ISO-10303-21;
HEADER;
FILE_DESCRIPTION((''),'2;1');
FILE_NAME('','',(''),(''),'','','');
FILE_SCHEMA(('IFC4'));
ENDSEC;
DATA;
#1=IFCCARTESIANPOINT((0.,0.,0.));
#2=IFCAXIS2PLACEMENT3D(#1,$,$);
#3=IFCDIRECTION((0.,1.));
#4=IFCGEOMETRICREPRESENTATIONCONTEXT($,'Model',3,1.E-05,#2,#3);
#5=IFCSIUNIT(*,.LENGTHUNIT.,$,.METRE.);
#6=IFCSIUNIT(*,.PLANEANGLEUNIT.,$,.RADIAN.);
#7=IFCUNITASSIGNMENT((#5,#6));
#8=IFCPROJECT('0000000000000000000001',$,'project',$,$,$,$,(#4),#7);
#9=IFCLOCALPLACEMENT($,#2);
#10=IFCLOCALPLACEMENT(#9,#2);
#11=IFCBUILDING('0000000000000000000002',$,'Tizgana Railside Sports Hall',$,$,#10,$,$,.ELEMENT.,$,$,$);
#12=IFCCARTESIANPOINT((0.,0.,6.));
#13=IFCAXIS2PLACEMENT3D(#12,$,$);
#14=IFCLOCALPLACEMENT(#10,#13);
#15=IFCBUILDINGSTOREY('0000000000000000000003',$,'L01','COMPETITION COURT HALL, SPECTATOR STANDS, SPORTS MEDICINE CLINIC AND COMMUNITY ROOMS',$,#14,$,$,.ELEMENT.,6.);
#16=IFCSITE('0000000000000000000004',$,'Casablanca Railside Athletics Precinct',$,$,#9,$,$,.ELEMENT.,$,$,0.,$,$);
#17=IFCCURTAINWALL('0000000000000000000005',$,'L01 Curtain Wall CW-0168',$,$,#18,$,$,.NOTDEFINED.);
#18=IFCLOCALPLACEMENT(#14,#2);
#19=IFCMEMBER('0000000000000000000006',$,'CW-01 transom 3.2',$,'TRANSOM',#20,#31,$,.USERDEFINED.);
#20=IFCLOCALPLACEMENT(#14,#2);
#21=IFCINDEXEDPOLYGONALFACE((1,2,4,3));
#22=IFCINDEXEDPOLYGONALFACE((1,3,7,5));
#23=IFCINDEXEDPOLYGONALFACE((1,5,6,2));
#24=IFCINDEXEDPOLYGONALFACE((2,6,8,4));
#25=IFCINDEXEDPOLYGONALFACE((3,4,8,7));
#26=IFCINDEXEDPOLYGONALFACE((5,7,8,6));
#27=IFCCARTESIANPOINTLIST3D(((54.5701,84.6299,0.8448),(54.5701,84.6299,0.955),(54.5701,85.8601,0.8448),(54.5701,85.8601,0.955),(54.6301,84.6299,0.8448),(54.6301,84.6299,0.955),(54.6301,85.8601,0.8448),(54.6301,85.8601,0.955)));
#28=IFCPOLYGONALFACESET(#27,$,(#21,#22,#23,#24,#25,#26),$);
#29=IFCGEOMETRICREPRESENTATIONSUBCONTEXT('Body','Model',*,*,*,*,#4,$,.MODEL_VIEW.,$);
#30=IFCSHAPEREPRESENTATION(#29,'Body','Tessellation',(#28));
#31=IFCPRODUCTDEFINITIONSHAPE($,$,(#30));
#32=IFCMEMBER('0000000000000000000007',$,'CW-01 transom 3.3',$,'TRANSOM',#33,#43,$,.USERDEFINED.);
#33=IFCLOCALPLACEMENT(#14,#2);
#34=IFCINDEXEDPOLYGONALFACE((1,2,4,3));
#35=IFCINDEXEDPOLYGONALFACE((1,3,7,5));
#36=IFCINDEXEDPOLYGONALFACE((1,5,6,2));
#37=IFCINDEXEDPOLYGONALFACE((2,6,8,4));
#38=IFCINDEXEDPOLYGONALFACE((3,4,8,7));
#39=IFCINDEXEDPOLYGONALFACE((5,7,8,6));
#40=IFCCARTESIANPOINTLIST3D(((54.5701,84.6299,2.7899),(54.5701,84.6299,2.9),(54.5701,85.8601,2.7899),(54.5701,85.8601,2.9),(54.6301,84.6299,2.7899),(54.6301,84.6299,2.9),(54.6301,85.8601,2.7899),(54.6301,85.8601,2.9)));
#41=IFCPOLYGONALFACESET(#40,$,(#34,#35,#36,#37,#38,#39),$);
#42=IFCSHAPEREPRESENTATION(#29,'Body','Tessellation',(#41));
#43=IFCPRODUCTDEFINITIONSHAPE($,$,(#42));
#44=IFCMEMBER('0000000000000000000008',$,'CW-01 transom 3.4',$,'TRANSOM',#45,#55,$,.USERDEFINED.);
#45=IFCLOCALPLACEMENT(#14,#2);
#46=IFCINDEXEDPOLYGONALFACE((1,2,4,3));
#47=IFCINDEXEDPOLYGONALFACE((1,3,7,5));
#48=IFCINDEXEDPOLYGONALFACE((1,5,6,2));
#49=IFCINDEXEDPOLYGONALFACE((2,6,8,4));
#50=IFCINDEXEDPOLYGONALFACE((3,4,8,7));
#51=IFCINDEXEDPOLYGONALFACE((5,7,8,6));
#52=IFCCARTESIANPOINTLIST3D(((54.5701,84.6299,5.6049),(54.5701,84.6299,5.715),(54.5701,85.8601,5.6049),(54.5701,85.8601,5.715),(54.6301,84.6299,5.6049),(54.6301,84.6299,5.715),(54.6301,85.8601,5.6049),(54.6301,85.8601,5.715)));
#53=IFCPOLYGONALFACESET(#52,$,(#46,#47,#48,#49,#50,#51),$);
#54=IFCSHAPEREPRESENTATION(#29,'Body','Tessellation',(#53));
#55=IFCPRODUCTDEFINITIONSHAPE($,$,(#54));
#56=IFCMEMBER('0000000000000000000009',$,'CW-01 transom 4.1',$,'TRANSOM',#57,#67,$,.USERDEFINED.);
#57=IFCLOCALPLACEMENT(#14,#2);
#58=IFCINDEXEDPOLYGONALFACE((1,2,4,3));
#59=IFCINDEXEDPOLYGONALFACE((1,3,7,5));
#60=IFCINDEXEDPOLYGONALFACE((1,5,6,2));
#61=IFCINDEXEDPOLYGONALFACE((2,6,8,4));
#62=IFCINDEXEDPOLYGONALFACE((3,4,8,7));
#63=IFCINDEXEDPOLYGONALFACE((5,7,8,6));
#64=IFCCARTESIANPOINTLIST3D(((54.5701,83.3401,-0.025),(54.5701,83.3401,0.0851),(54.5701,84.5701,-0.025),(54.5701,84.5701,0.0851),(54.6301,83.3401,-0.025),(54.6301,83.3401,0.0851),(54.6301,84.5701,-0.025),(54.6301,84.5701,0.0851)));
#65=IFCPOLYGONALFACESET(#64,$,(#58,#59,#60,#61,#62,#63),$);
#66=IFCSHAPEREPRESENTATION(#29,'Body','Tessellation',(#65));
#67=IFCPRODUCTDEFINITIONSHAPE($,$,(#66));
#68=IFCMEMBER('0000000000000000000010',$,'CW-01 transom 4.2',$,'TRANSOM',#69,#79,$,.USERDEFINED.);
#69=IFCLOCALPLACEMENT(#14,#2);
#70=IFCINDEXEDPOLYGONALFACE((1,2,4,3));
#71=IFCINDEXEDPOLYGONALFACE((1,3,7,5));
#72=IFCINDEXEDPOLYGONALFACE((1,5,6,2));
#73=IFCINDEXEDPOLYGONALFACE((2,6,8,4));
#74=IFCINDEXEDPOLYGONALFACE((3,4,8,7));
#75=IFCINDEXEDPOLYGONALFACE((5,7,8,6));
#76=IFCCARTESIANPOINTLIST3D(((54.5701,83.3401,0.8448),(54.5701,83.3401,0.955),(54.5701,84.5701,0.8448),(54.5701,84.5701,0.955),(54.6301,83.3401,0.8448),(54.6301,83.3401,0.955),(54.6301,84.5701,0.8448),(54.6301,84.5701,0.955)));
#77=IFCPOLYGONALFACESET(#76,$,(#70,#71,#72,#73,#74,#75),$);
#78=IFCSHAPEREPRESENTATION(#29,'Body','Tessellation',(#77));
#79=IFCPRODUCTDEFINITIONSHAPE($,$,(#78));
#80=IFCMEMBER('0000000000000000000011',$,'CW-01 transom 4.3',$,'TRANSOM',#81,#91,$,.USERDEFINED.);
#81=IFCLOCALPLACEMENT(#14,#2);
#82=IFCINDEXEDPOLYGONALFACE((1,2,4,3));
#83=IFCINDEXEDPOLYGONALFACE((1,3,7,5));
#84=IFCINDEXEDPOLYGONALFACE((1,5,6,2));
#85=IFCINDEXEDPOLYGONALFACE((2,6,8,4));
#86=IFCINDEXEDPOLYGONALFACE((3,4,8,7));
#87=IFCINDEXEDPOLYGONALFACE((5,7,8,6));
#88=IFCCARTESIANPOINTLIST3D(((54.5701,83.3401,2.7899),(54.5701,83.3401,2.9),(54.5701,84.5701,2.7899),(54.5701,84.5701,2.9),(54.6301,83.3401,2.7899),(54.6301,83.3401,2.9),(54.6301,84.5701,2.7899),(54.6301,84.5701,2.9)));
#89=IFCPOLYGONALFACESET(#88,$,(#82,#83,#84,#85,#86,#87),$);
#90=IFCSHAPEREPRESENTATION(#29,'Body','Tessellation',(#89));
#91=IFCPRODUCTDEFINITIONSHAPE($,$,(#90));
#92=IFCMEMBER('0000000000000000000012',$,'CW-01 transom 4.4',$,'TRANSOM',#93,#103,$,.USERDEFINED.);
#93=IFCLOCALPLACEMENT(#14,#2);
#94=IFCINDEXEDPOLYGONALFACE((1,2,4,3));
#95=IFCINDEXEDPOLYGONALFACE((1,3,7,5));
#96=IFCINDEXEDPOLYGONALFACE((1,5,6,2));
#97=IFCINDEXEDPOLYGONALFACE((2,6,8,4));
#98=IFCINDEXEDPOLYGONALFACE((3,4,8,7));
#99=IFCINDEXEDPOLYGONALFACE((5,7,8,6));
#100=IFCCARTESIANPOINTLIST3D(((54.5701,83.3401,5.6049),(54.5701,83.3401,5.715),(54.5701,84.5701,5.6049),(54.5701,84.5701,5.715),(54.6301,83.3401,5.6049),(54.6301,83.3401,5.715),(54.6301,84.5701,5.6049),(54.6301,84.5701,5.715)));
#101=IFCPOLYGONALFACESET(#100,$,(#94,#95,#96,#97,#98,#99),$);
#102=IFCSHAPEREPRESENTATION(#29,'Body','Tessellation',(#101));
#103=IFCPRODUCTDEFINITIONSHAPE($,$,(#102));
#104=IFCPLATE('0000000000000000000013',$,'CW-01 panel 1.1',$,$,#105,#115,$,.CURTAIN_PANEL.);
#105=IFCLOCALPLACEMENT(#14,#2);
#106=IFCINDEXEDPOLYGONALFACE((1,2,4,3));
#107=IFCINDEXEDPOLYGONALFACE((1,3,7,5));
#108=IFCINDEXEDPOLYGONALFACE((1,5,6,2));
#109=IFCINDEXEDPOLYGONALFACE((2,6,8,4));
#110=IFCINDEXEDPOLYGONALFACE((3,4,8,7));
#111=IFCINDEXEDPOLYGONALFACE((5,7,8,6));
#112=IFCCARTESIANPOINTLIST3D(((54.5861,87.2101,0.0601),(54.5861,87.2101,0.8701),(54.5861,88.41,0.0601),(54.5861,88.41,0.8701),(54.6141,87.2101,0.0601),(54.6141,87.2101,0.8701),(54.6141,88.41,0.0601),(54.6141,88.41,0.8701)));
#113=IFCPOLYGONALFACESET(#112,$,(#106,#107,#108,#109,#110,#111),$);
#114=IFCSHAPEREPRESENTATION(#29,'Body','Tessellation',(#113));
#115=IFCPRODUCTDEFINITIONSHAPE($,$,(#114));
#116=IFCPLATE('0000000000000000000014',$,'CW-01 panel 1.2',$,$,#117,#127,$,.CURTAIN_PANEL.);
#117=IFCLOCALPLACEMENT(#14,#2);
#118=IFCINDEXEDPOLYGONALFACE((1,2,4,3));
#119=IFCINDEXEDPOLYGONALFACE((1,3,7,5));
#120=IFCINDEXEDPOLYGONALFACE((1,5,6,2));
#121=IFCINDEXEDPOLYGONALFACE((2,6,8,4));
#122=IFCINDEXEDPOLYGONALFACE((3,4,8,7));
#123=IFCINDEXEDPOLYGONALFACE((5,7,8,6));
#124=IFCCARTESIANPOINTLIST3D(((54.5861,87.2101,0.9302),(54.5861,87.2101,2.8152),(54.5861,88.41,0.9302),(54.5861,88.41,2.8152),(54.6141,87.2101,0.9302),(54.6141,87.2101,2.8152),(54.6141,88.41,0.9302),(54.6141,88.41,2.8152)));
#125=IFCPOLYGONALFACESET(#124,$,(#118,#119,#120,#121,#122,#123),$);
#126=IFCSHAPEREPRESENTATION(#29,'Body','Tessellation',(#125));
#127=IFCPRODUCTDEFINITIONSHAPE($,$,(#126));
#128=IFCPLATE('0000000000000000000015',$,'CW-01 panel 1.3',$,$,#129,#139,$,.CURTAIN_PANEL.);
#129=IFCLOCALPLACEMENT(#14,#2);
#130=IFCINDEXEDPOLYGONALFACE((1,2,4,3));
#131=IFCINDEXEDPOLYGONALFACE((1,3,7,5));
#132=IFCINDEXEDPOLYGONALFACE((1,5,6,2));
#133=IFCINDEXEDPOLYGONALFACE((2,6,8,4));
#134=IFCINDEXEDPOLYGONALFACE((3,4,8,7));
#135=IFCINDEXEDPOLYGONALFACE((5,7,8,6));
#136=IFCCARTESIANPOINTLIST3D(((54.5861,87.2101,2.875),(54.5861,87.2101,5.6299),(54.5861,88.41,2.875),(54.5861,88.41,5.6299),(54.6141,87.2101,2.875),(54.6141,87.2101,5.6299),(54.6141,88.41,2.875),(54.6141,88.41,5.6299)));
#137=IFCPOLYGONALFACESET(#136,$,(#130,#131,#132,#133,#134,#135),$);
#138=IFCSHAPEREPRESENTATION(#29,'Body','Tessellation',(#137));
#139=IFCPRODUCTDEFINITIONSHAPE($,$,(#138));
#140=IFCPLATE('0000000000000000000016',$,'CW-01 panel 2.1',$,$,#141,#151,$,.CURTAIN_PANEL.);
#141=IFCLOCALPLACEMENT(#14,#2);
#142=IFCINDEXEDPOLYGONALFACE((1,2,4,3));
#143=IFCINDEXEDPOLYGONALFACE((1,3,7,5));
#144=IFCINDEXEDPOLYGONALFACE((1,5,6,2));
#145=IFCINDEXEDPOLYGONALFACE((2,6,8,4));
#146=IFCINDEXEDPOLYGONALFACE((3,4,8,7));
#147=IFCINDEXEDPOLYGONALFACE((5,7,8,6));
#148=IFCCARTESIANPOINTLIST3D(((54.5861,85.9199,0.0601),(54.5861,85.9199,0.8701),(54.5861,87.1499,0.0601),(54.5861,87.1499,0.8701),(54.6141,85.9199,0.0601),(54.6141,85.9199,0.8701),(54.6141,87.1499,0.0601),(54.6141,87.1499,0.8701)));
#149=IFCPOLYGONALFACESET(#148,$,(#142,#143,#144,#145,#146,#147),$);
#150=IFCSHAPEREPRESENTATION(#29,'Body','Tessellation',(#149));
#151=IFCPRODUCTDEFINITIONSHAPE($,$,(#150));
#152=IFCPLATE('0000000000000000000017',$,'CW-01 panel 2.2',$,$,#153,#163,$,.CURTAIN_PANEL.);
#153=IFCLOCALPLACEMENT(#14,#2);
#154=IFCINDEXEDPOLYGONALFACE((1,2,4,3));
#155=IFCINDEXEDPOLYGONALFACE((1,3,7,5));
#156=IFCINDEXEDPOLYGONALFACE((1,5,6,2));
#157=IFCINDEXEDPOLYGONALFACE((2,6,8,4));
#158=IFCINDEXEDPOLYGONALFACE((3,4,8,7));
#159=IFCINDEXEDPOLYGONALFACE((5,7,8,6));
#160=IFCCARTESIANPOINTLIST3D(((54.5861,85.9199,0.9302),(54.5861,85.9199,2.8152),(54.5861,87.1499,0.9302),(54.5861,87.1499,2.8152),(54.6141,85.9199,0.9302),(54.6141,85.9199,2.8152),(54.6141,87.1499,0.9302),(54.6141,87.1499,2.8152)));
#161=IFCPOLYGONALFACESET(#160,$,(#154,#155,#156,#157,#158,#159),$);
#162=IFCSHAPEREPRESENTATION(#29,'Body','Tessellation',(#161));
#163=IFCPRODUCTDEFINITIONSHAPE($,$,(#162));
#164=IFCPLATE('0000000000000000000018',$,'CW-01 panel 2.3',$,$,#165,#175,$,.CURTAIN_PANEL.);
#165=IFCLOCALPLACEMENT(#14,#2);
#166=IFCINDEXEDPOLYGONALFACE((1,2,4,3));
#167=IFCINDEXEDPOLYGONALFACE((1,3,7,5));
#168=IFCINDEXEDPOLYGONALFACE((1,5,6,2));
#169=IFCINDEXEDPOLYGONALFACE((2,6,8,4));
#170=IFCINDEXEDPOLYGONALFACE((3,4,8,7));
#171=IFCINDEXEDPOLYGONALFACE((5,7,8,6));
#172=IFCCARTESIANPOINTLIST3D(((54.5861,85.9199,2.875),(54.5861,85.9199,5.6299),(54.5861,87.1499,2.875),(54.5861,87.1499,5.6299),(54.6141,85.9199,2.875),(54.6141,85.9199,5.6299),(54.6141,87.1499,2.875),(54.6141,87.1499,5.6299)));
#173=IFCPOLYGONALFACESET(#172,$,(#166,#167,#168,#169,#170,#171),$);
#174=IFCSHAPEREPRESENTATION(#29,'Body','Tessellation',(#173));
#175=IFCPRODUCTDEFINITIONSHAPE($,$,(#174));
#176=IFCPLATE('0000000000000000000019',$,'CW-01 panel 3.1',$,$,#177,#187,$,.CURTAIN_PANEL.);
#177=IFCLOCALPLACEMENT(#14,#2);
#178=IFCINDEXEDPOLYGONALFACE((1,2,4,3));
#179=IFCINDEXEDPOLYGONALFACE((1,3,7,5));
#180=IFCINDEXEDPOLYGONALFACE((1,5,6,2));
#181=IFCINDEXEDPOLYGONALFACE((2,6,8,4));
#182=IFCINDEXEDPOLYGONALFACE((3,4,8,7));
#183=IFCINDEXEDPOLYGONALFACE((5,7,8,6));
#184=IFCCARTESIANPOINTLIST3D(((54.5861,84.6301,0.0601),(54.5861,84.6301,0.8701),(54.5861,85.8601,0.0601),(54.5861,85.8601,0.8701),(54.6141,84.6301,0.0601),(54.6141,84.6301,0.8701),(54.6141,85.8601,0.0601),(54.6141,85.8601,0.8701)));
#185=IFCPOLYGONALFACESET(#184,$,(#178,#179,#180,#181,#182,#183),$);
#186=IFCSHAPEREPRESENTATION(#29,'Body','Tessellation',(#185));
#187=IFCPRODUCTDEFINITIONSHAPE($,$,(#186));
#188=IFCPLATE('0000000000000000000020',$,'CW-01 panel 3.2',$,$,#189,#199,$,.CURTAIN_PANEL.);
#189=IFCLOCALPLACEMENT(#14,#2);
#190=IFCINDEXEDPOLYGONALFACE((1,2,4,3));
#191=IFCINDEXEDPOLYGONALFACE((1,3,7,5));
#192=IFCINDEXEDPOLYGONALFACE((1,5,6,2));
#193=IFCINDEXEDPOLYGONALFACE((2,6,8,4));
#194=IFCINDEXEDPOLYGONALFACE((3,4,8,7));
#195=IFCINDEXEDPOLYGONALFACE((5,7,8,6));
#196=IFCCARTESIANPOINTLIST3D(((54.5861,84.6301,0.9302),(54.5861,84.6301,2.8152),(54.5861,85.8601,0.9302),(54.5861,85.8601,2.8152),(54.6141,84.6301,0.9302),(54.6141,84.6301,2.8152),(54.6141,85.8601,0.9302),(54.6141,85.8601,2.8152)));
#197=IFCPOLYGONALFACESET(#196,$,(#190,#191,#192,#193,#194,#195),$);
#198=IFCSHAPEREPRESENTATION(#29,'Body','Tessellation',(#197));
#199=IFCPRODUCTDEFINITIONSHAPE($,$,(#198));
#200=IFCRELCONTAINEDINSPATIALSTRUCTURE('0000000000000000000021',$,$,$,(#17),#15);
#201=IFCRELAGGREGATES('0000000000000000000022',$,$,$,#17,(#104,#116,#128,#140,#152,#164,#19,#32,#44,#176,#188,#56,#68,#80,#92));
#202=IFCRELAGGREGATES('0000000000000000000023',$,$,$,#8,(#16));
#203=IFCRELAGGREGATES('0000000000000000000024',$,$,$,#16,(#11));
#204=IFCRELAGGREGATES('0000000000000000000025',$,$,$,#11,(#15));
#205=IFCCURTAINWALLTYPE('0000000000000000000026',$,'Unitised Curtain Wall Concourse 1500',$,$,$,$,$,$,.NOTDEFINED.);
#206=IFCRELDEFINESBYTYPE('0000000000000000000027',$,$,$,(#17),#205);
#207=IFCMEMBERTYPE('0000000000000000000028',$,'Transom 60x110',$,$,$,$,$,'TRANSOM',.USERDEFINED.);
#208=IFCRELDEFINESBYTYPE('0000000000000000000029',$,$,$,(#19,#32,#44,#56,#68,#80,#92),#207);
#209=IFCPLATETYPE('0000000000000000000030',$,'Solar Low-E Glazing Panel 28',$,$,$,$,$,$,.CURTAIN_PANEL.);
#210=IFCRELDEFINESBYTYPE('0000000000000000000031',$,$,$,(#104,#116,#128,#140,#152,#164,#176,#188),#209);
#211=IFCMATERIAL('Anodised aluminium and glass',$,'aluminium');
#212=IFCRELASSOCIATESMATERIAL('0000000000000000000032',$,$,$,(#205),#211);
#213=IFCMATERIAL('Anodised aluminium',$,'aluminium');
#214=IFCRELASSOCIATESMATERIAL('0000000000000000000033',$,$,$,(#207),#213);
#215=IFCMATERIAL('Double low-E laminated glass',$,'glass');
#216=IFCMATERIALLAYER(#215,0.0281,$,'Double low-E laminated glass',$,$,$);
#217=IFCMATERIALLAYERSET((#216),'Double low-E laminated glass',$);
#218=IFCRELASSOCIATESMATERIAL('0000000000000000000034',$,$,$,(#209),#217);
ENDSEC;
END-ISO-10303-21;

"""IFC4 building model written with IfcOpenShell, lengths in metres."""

from ifc_helpers import new_model, si_unit, direction, frame, origin, origin_2d, place, context, subcontext, project, spatial, rectangle, extrude, material, layer, layer_set, material_profile, profile_set, type_object, element, aggregate, save


model = new_model("IFC4")

# Units and contexts
model_context = context("Model", 3, precision=1e-05, world=origin(), true_north=direction((0.0, 1.0)))
body_context = subcontext(model_context, "Body", "Model", "MODEL_VIEW")
ifc_project = project(units=[si_unit("LENGTHUNIT", "METRE"), si_unit("PLANEANGLEUNIT", "RADIAN")], contexts=[model_context])

# Site, building, storey
site_placement = place(None, origin())
site = spatial("IfcSite", under=ifc_project, at=site_placement, Name="Casablanca Railside Athletics Precinct", CompositionType="ELEMENT", RefElevation=0.0)
building_placement = place(site_placement, origin())
building = spatial("IfcBuilding", under=site, at=building_placement, Name="Tizgana Railside Sports Hall", CompositionType="ELEMENT")
storey_placement = place(building_placement, frame((0.0, 0.0, 6.0)))
storey = spatial("IfcBuildingStorey", under=building, at=storey_placement, Name="L01", Description="COMPETITION COURT HALL, SPECTATOR STANDS, SPORTS MEDICINE CLINIC AND COMMUNITY ROOMS", CompositionType="ELEMENT", Elevation=6.0)

# Curtain wall, members, plates
ifc_material_1 = material(Name="Anodised aluminium and glass", Category="aluminium")
curtain_wall_type = type_object("IfcCurtainWallType", Name="Unitised Curtain Wall Concourse 1500", PredefinedType="NOTDEFINED", material=ifc_material_1)
curtain_wall_placement = place(storey_placement, origin())
curtain_wall = element("IfcCurtainWall", 1, at=curtain_wall_placement, inside=storey, type_object=curtain_wall_type, Name="L01 Curtain Wall CW-0168", PredefinedType="NOTDEFINED")
ifc_material_2 = material(Name="Anodised aluminium", Category="aluminium")
ifc_material_profile_1 = material_profile(ifc_material_2, rectangle(XDim=0.0601, YDim=0.1101, at=origin_2d()), Name="Transom 60x110")
ifc_profile_set_1 = profile_set([ifc_material_profile_1], Name="Anodised aluminium")
member_type_1 = type_object("IfcMemberType", Name="Transom 60x110", ElementType="TRANSOM", PredefinedType="USERDEFINED", material=ifc_profile_set_1)
member_1_placement = place(storey_placement, frame((54.6001, 85.8601, 0.8999), z_axis=(0.0, -1.0, 0.0), x_axis=(1.0, 0.0, 0.0)))
member_1 = element("IfcMember", 2, at=member_1_placement, type_object=member_type_1, Name="CW-01 transom 3.2", ObjectType="TRANSOM", PredefinedType="USERDEFINED", context=body_context, shape_type="SweptSolid", body=[
    extrude(rectangle(XDim=0.0601, YDim=0.1101, at=origin_2d()), origin(), (0.0, 0.0, 1.0), 1.2302),
])
member_2_placement = place(storey_placement, frame((54.6001, 85.8601, 2.845), z_axis=(0.0, -1.0, 0.0), x_axis=(1.0, 0.0, 0.0)))
member_2 = element("IfcMember", 3, at=member_2_placement, type_object=member_type_1, Name="CW-01 transom 3.3", ObjectType="TRANSOM", PredefinedType="USERDEFINED", context=body_context, shape_type="SweptSolid", body=[
    extrude(rectangle(XDim=0.0601, YDim=0.1101, at=origin_2d()), origin(), (0.0, 0.0, 1.0), 1.2302),
])
member_3_placement = place(storey_placement, frame((54.6001, 85.8601, 5.6599), z_axis=(0.0, -1.0, 0.0), x_axis=(1.0, 0.0, 0.0)))
member_3 = element("IfcMember", 4, at=member_3_placement, type_object=member_type_1, Name="CW-01 transom 3.4", ObjectType="TRANSOM", PredefinedType="USERDEFINED", context=body_context, shape_type="SweptSolid", body=[
    extrude(rectangle(XDim=0.0601, YDim=0.1101, at=origin_2d()), origin(), (0.0, 0.0, 1.0), 1.2302),
])
member_4_placement = place(storey_placement, frame((54.6001, 84.5701, 0.03), z_axis=(0.0, -1.0, 0.0), x_axis=(1.0, 0.0, 0.0)))
member_4 = element("IfcMember", 5, at=member_4_placement, type_object=member_type_1, Name="CW-01 transom 4.1", ObjectType="TRANSOM", PredefinedType="USERDEFINED", context=body_context, shape_type="SweptSolid", body=[
    extrude(rectangle(XDim=0.0601, YDim=0.1101, at=origin_2d()), origin(), (0.0, 0.0, 1.0), 1.23),
])
member_5_placement = place(storey_placement, frame((54.6001, 84.5701, 0.8999), z_axis=(0.0, -1.0, 0.0), x_axis=(1.0, 0.0, 0.0)))
member_5 = element("IfcMember", 6, at=member_5_placement, type_object=member_type_1, Name="CW-01 transom 4.2", ObjectType="TRANSOM", PredefinedType="USERDEFINED", context=body_context, shape_type="SweptSolid", body=[
    extrude(rectangle(XDim=0.0601, YDim=0.1101, at=origin_2d()), origin(), (0.0, 0.0, 1.0), 1.23),
])
member_6_placement = place(storey_placement, frame((54.6001, 84.5701, 2.845), z_axis=(0.0, -1.0, 0.0), x_axis=(1.0, 0.0, 0.0)))
member_6 = element("IfcMember", 7, at=member_6_placement, type_object=member_type_1, Name="CW-01 transom 4.3", ObjectType="TRANSOM", PredefinedType="USERDEFINED", context=body_context, shape_type="SweptSolid", body=[
    extrude(rectangle(XDim=0.0601, YDim=0.1101, at=origin_2d()), origin(), (0.0, 0.0, 1.0), 1.23),
])
member_7_placement = place(storey_placement, frame((54.6001, 84.5701, 5.6599), z_axis=(0.0, -1.0, 0.0), x_axis=(1.0, 0.0, 0.0)))
member_7 = element("IfcMember", 8, at=member_7_placement, type_object=member_type_1, Name="CW-01 transom 4.4", ObjectType="TRANSOM", PredefinedType="USERDEFINED", context=body_context, shape_type="SweptSolid", body=[
    extrude(rectangle(XDim=0.0601, YDim=0.1101, at=origin_2d()), origin(), (0.0, 0.0, 1.0), 1.23),
])
ifc_material_3 = material(Name="Double low-E laminated glass", Category="glass")
ifc_layer_1 = layer(ifc_material_3, 0.0281, Name="Double low-E laminated glass")
ifc_layer_set_1 = layer_set([ifc_layer_1], Name="Double low-E laminated glass")
plate_type = type_object("IfcPlateType", Name="Solar Low-E Glazing Panel 28", PredefinedType="CURTAIN_PANEL", material=ifc_layer_set_1)
plate_1_placement = place(storey_placement, frame((54.6001, 87.8101, 0.0601), z_axis=(0.0, 0.0, 1.0), x_axis=(0.0, -1.0, 0.0)))
plate_1 = element("IfcPlate", 9, at=plate_1_placement, type_object=plate_type, Name="CW-01 panel 1.1", PredefinedType="CURTAIN_PANEL", context=body_context, shape_type="SweptSolid", body=[
    extrude(rectangle(XDim=1.2, YDim=0.0281, at=origin_2d()), origin(), (0.0, 0.0, 1.0), 0.8101),
])
plate_2_placement = place(storey_placement, frame((54.6001, 87.8101, 0.9302), z_axis=(0.0, 0.0, 1.0), x_axis=(0.0, -1.0, 0.0)))
plate_2 = element("IfcPlate", 10, at=plate_2_placement, type_object=plate_type, Name="CW-01 panel 1.2", PredefinedType="CURTAIN_PANEL", context=body_context, shape_type="SweptSolid", body=[
    extrude(rectangle(XDim=1.2, YDim=0.0281, at=origin_2d()), origin(), (0.0, 0.0, 1.0), 1.885),
])
plate_3_placement = place(storey_placement, frame((54.6001, 87.8101, 2.875), z_axis=(0.0, 0.0, 1.0), x_axis=(0.0, -1.0, 0.0)))
plate_3 = element("IfcPlate", 11, at=plate_3_placement, type_object=plate_type, Name="CW-01 panel 1.3", PredefinedType="CURTAIN_PANEL", context=body_context, shape_type="SweptSolid", body=[
    extrude(rectangle(XDim=1.2, YDim=0.0281, at=origin_2d()), origin(), (0.0, 0.0, 1.0), 2.7549),
])
plate_4_placement = place(storey_placement, frame((54.6001, 86.5349, 0.0601), z_axis=(0.0, 0.0, 1.0), x_axis=(0.0, -1.0, 0.0)))
plate_4 = element("IfcPlate", 12, at=plate_4_placement, type_object=plate_type, Name="CW-01 panel 2.1", PredefinedType="CURTAIN_PANEL", context=body_context, shape_type="SweptSolid", body=[
    extrude(rectangle(XDim=1.23, YDim=0.0281, at=origin_2d()), origin(), (0.0, 0.0, 1.0), 0.8101),
])
plate_5_placement = place(storey_placement, frame((54.6001, 86.5349, 0.9302), z_axis=(0.0, 0.0, 1.0), x_axis=(0.0, -1.0, 0.0)))
plate_5 = element("IfcPlate", 13, at=plate_5_placement, type_object=plate_type, Name="CW-01 panel 2.2", PredefinedType="CURTAIN_PANEL", context=body_context, shape_type="SweptSolid", body=[
    extrude(rectangle(XDim=1.23, YDim=0.0281, at=origin_2d()), origin(), (0.0, 0.0, 1.0), 1.885),
])
plate_6_placement = place(storey_placement, frame((54.6001, 86.5349, 2.875), z_axis=(0.0, 0.0, 1.0), x_axis=(0.0, -1.0, 0.0)))
plate_6 = element("IfcPlate", 14, at=plate_6_placement, type_object=plate_type, Name="CW-01 panel 2.3", PredefinedType="CURTAIN_PANEL", context=body_context, shape_type="SweptSolid", body=[
    extrude(rectangle(XDim=1.23, YDim=0.0281, at=origin_2d()), origin(), (0.0, 0.0, 1.0), 2.7549),
])
plate_7_placement = place(storey_placement, frame((54.6001, 85.2451, 0.0601), z_axis=(0.0, 0.0, 1.0), x_axis=(0.0, -1.0, 0.0)))
plate_7 = element("IfcPlate", 15, at=plate_7_placement, type_object=plate_type, Name="CW-01 panel 3.1", PredefinedType="CURTAIN_PANEL", context=body_context, shape_type="SweptSolid", body=[
    extrude(rectangle(XDim=1.23, YDim=0.0281, at=origin_2d()), origin(), (0.0, 0.0, 1.0), 0.8101),
])
plate_8_placement = place(storey_placement, frame((54.6001, 85.2451, 0.9302), z_axis=(0.0, 0.0, 1.0), x_axis=(0.0, -1.0, 0.0)))
plate_8 = element("IfcPlate", 16, at=plate_8_placement, type_object=plate_type, Name="CW-01 panel 3.2", PredefinedType="CURTAIN_PANEL", context=body_context, shape_type="SweptSolid", body=[
    extrude(rectangle(XDim=1.23, YDim=0.0281, at=origin_2d()), origin(), (0.0, 0.0, 1.0), 1.885),
])
aggregate(curtain_wall, [plate_1, plate_2, plate_3, plate_4, plate_5, plate_6, member_1, member_2, member_3, plate_7, plate_8, member_4, member_5, member_6, member_7])

save(model, "model.ifc")
